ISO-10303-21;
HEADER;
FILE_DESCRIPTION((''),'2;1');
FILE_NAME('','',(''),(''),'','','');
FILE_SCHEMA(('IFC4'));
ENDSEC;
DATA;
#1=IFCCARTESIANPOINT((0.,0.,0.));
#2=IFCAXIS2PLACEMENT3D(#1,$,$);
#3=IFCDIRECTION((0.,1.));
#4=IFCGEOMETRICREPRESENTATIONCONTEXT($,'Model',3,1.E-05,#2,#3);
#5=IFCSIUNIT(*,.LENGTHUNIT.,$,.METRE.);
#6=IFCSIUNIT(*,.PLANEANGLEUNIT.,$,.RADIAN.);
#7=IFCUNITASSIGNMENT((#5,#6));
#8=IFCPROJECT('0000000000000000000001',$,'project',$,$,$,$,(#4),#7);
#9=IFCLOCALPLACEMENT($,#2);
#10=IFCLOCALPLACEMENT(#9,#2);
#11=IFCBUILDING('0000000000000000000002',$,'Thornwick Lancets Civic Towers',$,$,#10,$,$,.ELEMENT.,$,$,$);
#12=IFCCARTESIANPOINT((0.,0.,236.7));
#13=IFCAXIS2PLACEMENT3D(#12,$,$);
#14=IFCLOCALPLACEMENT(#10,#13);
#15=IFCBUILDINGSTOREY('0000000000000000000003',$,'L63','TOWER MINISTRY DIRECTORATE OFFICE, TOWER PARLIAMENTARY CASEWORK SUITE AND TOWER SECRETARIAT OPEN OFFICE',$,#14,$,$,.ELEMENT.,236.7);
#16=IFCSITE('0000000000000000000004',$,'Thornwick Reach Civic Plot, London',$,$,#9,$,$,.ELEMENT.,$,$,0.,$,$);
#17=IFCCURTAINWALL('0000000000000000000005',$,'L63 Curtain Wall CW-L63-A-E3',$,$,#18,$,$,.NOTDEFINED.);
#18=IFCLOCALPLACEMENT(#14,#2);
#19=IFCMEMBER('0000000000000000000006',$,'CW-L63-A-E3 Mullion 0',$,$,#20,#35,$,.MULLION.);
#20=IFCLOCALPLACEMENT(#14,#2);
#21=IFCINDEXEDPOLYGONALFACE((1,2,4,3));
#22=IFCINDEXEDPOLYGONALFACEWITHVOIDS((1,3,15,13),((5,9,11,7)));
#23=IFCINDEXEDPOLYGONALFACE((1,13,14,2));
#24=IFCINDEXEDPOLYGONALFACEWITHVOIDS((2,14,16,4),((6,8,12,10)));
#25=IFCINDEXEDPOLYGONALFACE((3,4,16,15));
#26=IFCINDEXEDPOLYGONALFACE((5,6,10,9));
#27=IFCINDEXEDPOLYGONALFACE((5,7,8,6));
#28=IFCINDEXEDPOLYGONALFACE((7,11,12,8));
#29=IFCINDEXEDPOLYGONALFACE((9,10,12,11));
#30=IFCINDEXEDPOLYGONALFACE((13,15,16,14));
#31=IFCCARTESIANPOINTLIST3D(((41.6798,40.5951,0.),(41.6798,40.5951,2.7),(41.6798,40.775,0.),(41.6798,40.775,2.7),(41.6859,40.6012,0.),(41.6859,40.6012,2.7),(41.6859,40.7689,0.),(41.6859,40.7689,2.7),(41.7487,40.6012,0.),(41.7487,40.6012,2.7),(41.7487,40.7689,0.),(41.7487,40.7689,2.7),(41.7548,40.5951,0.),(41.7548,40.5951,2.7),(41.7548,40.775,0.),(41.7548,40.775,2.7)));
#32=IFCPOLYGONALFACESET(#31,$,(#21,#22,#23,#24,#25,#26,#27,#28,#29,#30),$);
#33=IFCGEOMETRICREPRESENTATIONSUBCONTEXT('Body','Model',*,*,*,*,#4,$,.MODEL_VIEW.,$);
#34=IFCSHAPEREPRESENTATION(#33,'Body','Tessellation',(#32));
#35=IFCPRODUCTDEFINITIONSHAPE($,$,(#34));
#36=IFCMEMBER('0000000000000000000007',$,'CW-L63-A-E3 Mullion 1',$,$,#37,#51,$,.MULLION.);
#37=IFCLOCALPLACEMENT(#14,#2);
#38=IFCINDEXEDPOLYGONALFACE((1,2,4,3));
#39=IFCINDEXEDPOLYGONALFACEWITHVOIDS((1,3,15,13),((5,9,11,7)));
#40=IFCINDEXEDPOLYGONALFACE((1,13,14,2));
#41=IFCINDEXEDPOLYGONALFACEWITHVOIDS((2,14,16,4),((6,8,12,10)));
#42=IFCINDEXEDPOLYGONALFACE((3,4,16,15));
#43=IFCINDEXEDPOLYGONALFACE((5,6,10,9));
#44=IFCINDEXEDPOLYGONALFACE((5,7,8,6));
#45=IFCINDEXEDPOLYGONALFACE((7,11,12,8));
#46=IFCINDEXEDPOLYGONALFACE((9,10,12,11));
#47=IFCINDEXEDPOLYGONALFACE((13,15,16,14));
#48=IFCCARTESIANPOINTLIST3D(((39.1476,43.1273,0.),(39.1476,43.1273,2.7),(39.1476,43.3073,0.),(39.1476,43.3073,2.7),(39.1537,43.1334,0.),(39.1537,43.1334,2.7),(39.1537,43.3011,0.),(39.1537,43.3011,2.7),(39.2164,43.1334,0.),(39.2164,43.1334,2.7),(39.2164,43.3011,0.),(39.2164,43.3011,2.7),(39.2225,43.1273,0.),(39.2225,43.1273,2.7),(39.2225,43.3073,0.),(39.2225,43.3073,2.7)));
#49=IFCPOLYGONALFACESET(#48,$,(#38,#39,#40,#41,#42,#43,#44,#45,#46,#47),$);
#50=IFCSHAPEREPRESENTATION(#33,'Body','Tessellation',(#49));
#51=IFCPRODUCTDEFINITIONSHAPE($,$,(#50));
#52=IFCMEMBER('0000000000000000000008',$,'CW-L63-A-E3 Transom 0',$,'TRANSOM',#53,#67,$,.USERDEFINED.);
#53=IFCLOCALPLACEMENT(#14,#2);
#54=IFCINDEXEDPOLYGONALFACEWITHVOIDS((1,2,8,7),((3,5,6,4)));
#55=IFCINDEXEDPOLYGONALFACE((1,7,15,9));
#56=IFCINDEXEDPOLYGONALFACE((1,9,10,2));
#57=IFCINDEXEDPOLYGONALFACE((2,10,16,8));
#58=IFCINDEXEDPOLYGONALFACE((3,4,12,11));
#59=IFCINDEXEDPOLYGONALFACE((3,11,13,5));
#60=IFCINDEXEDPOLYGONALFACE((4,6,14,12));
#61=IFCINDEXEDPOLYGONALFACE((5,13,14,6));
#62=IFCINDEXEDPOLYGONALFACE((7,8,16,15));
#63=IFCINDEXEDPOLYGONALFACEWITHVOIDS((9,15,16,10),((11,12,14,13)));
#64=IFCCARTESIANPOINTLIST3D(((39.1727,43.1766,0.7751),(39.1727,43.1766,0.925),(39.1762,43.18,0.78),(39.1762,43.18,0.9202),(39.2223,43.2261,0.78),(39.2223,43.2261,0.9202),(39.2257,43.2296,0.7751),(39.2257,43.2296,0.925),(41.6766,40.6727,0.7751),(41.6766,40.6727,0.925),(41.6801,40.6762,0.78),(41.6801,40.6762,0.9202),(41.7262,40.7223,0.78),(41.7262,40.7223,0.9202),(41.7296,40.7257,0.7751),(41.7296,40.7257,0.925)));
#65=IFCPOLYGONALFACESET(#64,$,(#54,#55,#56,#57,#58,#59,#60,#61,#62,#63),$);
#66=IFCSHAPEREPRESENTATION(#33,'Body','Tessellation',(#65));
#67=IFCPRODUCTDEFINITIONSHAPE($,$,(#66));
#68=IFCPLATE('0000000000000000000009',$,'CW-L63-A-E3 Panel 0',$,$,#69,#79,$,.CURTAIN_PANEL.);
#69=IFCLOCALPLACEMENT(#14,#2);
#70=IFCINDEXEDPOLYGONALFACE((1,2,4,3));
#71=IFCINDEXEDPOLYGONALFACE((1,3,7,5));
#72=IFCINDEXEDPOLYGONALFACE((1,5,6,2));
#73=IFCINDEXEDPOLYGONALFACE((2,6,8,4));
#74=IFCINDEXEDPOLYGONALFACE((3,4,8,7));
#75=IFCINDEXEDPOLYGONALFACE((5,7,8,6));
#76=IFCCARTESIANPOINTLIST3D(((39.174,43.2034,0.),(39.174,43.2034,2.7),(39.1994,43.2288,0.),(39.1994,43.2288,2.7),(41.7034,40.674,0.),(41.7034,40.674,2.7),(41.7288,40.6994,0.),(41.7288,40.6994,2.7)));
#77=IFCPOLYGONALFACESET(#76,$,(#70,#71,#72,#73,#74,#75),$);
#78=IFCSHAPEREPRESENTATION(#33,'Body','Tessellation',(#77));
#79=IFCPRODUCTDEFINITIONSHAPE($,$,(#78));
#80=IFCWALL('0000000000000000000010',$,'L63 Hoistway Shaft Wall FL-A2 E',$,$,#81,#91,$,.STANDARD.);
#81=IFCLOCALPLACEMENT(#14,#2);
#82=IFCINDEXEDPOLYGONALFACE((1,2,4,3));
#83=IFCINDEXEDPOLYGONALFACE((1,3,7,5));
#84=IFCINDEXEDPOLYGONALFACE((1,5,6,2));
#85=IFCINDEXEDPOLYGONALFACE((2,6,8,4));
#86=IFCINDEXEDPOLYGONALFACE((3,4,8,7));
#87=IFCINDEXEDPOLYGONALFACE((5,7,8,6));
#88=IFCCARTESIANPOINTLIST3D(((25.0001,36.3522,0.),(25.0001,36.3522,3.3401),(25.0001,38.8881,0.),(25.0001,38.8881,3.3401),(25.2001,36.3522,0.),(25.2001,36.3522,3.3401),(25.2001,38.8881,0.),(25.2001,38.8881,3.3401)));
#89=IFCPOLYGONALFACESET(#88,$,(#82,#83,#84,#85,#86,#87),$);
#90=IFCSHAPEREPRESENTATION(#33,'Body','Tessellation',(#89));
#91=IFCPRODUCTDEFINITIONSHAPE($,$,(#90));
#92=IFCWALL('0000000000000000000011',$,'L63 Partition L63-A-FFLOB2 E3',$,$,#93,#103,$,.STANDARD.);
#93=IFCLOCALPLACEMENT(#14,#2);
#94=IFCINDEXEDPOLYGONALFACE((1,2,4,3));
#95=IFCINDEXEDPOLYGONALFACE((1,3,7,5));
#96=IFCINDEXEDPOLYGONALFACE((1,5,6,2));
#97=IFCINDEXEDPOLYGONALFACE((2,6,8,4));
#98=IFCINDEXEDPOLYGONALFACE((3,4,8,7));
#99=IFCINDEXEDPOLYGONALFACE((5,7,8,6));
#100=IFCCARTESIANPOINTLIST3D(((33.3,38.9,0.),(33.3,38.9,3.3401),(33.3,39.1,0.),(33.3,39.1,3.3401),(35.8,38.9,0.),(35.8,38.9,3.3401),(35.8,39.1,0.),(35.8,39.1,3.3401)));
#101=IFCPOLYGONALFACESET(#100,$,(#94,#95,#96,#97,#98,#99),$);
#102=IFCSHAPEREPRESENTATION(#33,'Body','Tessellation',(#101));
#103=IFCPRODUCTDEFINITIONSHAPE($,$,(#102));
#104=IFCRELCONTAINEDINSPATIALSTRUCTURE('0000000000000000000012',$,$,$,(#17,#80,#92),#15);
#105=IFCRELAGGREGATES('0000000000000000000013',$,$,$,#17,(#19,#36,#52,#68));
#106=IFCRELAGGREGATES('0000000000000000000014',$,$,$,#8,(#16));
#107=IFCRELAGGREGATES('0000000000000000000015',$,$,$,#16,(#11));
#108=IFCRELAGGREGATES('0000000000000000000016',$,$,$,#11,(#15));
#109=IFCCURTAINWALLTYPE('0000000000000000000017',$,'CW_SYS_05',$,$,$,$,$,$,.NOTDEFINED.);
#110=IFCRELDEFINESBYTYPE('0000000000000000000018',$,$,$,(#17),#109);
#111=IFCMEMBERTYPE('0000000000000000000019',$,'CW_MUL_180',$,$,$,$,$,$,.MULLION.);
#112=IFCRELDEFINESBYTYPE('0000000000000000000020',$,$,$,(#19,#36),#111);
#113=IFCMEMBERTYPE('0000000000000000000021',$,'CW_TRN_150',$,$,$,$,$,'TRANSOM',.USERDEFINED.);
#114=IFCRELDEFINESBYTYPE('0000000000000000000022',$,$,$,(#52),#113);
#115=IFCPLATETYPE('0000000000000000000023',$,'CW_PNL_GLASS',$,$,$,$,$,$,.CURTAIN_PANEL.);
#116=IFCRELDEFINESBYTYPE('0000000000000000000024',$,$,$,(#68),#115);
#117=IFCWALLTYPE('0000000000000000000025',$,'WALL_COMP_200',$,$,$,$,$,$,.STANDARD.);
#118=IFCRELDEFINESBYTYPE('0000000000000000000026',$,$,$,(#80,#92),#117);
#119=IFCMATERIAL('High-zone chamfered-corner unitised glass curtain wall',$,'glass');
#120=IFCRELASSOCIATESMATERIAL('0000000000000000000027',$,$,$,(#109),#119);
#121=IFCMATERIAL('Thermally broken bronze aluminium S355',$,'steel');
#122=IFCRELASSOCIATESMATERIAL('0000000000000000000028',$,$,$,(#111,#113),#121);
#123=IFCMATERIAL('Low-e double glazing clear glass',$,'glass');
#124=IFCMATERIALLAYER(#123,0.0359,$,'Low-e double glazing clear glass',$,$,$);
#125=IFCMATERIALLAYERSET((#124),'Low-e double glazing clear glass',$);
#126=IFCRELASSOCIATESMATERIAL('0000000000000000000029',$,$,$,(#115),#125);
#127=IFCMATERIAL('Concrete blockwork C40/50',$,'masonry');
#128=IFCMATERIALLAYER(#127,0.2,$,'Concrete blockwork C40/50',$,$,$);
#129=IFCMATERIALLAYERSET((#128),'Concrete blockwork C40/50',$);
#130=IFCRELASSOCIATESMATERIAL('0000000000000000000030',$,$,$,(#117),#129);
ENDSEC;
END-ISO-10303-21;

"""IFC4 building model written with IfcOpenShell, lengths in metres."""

from ifc_helpers import new_model, si_unit, direction, frame, frame_2d, origin, origin_2d, place, context, subcontext, project, spatial, rectangle, hollow_rectangle, extrude, material, layer, layer_set, material_profile, profile_set, type_object, element, aggregate, save


model = new_model("IFC4")

# Units and contexts
model_context = context("Model", 3, precision=1e-05, world=origin(), true_north=direction((0.0, 1.0)))
body_context = subcontext(model_context, "Body", "Model", "MODEL_VIEW")
ifc_project = project(units=[si_unit("LENGTHUNIT", "METRE"), si_unit("PLANEANGLEUNIT", "RADIAN")], contexts=[model_context])

# Site, building, storey
site_placement = place(None, origin())
site = spatial("IfcSite", under=ifc_project, at=site_placement, Name="Thornwick Reach Civic Plot, London", CompositionType="ELEMENT", RefElevation=0.0)
building_placement = place(site_placement, origin())
building = spatial("IfcBuilding", under=site, at=building_placement, Name="Thornwick Lancets Civic Towers", CompositionType="ELEMENT")
storey_placement = place(building_placement, frame((0.0, 0.0, 236.7)))
storey = spatial("IfcBuildingStorey", under=building, at=storey_placement, Name="L63", Description="TOWER MINISTRY DIRECTORATE OFFICE, TOWER PARLIAMENTARY CASEWORK SUITE AND TOWER SECRETARIAT OPEN OFFICE", CompositionType="ELEMENT", Elevation=236.7)

# Curtain wall, members, plate
ifc_material_1 = material(Name="High-zone chamfered-corner unitised glass curtain wall", Category="glass")
curtain_wall_type = type_object("IfcCurtainWallType", Name="CW_SYS_05", PredefinedType="NOTDEFINED", material=ifc_material_1)
curtain_wall_placement = place(storey_placement, origin())
curtain_wall = element("IfcCurtainWall", 1, at=curtain_wall_placement, inside=storey, type_object=curtain_wall_type, Name="L63 Curtain Wall CW-L63-A-E3", PredefinedType="NOTDEFINED")
ifc_material_2 = material(Name="Thermally broken bronze aluminium S355", Category="steel")
ifc_material_profile_1 = material_profile(ifc_material_2, hollow_rectangle(XDim=0.075, YDim=0.1799, WallThickness=0.0061, at=origin_2d()), Name="RHS 180x75x6")
ifc_profile_set_1 = profile_set([ifc_material_profile_1], Name="Thermally broken bronze aluminium S355")
member_type_1 = type_object("IfcMemberType", Name="CW_MUL_180", PredefinedType="MULLION", material=ifc_profile_set_1)
member_1_placement = place(storey_placement, frame((41.7173, 40.6851, 0.0), z_axis=(0.0, 0.0, 1.0), x_axis=(1.0, 0.0, 0.0)))
member_1 = element("IfcMember", 2, at=member_1_placement, type_object=member_type_1, Name="CW-L63-A-E3 Mullion 0", PredefinedType="MULLION", context=body_context, shape_type="SweptSolid", body=[
    extrude(hollow_rectangle(XDim=0.075, YDim=0.1799, WallThickness=0.0061, at=origin_2d()), origin(), (0.0, 0.0, 1.0), 2.7),
])
member_2_placement = place(storey_placement, frame((39.1851, 43.2173, 0.0), z_axis=(0.0, 0.0, 1.0), x_axis=(1.0, 0.0, 0.0)))
member_2 = element("IfcMember", 3, at=member_2_placement, type_object=member_type_1, Name="CW-L63-A-E3 Mullion 1", PredefinedType="MULLION", context=body_context, shape_type="SweptSolid", body=[
    extrude(hollow_rectangle(XDim=0.075, YDim=0.1799, WallThickness=0.0061, at=origin_2d()), origin(), (0.0, 0.0, 1.0), 2.7),
])
ifc_material_profile_2 = material_profile(ifc_material_2, hollow_rectangle(XDim=0.075, YDim=0.1499, WallThickness=0.0049, at=origin_2d()), Name="RHS 150x75x5")
ifc_profile_set_2 = profile_set([ifc_material_profile_2], Name="Thermally broken bronze aluminium S355")
member_type_2 = type_object("IfcMemberType", Name="CW_TRN_150", ElementType="TRANSOM", PredefinedType="USERDEFINED", material=ifc_profile_set_2)
member_3_placement = place(storey_placement, frame((41.7031, 40.6992, 0.8501), z_axis=(-0.707107, 0.707107, 0.0), x_axis=(-0.707107, -0.707107, 0.0)))
member_3 = element("IfcMember", 4, at=member_3_placement, type_object=member_type_2, Name="CW-L63-A-E3 Transom 0", ObjectType="TRANSOM", PredefinedType="USERDEFINED", context=body_context, shape_type="SweptSolid", body=[
    extrude(hollow_rectangle(XDim=0.075, YDim=0.1499, WallThickness=0.0049, at=origin_2d()), origin(), (0.0, 0.0, 1.0), 3.541),
])
ifc_material_3 = material(Name="Low-e double glazing clear glass", Category="glass")
ifc_layer_1 = layer(ifc_material_3, 0.0359, Name="Low-e double glazing clear glass")
ifc_layer_set_1 = layer_set([ifc_layer_1], Name="Low-e double glazing clear glass")
plate_type = type_object("IfcPlateType", Name="CW_PNL_GLASS", PredefinedType="CURTAIN_PANEL", material=ifc_layer_set_1)
plate_placement = place(storey_placement, frame((40.4514, 41.9514, 0.0), z_axis=(0.0, 0.0, 1.0), x_axis=(-0.707107, 0.707107, 0.0)))
plate = element("IfcPlate", 5, at=plate_placement, type_object=plate_type, Name="CW-L63-A-E3 Panel 0", PredefinedType="CURTAIN_PANEL", context=body_context, shape_type="SweptSolid", body=[
    extrude(rectangle(XDim=3.5771, YDim=0.0359, at=origin_2d()), origin(), (0.0, 0.0, 1.0), 2.7),
])
aggregate(curtain_wall, [member_1, member_2, member_3, plate])

# Walls
ifc_material_4 = material(Name="Concrete blockwork C40/50", Category="masonry")
ifc_layer_2 = layer(ifc_material_4, 0.2, Name="Concrete blockwork C40/50")
ifc_layer_set_2 = layer_set([ifc_layer_2], Name="Concrete blockwork C40/50")
wall_type_1 = type_object("IfcWallType", Name="WALL_COMP_200", PredefinedType="STANDARD", material=ifc_layer_set_2)
wall_1_placement = place(storey_placement, frame((25.1001, 36.3521, 0.0), z_axis=(0.0, 0.0, 1.0), x_axis=(0.0, 1.0, 0.0)))
element("IfcWall", 6, at=wall_1_placement, inside=storey, type_object=wall_type_1, Name="L63 Hoistway Shaft Wall FL-A2 E", PredefinedType="STANDARD", context=body_context, shape_type="SweptSolid", body=[
    extrude(rectangle(XDim=2.5359, YDim=0.2, at=frame_2d((1.2681, 0.0))), origin(), (0.0, 0.0, 1.0), 3.3401),
])
wall_2_placement = place(storey_placement, frame((35.8, 39.0, 0.0), z_axis=(0.0, 0.0, 1.0), x_axis=(-1.0, 0.0, 0.0)))
element("IfcWall", 7, at=wall_2_placement, inside=storey, type_object=wall_type_1, Name="L63 Partition L63-A-FFLOB2 E3", PredefinedType="STANDARD", context=body_context, shape_type="SweptSolid", body=[
    extrude(rectangle(XDim=2.5, YDim=0.2, at=frame_2d((1.25, 0.0))), origin(), (0.0, 0.0, 1.0), 3.3401),
])

save(model, "model.ifc")
